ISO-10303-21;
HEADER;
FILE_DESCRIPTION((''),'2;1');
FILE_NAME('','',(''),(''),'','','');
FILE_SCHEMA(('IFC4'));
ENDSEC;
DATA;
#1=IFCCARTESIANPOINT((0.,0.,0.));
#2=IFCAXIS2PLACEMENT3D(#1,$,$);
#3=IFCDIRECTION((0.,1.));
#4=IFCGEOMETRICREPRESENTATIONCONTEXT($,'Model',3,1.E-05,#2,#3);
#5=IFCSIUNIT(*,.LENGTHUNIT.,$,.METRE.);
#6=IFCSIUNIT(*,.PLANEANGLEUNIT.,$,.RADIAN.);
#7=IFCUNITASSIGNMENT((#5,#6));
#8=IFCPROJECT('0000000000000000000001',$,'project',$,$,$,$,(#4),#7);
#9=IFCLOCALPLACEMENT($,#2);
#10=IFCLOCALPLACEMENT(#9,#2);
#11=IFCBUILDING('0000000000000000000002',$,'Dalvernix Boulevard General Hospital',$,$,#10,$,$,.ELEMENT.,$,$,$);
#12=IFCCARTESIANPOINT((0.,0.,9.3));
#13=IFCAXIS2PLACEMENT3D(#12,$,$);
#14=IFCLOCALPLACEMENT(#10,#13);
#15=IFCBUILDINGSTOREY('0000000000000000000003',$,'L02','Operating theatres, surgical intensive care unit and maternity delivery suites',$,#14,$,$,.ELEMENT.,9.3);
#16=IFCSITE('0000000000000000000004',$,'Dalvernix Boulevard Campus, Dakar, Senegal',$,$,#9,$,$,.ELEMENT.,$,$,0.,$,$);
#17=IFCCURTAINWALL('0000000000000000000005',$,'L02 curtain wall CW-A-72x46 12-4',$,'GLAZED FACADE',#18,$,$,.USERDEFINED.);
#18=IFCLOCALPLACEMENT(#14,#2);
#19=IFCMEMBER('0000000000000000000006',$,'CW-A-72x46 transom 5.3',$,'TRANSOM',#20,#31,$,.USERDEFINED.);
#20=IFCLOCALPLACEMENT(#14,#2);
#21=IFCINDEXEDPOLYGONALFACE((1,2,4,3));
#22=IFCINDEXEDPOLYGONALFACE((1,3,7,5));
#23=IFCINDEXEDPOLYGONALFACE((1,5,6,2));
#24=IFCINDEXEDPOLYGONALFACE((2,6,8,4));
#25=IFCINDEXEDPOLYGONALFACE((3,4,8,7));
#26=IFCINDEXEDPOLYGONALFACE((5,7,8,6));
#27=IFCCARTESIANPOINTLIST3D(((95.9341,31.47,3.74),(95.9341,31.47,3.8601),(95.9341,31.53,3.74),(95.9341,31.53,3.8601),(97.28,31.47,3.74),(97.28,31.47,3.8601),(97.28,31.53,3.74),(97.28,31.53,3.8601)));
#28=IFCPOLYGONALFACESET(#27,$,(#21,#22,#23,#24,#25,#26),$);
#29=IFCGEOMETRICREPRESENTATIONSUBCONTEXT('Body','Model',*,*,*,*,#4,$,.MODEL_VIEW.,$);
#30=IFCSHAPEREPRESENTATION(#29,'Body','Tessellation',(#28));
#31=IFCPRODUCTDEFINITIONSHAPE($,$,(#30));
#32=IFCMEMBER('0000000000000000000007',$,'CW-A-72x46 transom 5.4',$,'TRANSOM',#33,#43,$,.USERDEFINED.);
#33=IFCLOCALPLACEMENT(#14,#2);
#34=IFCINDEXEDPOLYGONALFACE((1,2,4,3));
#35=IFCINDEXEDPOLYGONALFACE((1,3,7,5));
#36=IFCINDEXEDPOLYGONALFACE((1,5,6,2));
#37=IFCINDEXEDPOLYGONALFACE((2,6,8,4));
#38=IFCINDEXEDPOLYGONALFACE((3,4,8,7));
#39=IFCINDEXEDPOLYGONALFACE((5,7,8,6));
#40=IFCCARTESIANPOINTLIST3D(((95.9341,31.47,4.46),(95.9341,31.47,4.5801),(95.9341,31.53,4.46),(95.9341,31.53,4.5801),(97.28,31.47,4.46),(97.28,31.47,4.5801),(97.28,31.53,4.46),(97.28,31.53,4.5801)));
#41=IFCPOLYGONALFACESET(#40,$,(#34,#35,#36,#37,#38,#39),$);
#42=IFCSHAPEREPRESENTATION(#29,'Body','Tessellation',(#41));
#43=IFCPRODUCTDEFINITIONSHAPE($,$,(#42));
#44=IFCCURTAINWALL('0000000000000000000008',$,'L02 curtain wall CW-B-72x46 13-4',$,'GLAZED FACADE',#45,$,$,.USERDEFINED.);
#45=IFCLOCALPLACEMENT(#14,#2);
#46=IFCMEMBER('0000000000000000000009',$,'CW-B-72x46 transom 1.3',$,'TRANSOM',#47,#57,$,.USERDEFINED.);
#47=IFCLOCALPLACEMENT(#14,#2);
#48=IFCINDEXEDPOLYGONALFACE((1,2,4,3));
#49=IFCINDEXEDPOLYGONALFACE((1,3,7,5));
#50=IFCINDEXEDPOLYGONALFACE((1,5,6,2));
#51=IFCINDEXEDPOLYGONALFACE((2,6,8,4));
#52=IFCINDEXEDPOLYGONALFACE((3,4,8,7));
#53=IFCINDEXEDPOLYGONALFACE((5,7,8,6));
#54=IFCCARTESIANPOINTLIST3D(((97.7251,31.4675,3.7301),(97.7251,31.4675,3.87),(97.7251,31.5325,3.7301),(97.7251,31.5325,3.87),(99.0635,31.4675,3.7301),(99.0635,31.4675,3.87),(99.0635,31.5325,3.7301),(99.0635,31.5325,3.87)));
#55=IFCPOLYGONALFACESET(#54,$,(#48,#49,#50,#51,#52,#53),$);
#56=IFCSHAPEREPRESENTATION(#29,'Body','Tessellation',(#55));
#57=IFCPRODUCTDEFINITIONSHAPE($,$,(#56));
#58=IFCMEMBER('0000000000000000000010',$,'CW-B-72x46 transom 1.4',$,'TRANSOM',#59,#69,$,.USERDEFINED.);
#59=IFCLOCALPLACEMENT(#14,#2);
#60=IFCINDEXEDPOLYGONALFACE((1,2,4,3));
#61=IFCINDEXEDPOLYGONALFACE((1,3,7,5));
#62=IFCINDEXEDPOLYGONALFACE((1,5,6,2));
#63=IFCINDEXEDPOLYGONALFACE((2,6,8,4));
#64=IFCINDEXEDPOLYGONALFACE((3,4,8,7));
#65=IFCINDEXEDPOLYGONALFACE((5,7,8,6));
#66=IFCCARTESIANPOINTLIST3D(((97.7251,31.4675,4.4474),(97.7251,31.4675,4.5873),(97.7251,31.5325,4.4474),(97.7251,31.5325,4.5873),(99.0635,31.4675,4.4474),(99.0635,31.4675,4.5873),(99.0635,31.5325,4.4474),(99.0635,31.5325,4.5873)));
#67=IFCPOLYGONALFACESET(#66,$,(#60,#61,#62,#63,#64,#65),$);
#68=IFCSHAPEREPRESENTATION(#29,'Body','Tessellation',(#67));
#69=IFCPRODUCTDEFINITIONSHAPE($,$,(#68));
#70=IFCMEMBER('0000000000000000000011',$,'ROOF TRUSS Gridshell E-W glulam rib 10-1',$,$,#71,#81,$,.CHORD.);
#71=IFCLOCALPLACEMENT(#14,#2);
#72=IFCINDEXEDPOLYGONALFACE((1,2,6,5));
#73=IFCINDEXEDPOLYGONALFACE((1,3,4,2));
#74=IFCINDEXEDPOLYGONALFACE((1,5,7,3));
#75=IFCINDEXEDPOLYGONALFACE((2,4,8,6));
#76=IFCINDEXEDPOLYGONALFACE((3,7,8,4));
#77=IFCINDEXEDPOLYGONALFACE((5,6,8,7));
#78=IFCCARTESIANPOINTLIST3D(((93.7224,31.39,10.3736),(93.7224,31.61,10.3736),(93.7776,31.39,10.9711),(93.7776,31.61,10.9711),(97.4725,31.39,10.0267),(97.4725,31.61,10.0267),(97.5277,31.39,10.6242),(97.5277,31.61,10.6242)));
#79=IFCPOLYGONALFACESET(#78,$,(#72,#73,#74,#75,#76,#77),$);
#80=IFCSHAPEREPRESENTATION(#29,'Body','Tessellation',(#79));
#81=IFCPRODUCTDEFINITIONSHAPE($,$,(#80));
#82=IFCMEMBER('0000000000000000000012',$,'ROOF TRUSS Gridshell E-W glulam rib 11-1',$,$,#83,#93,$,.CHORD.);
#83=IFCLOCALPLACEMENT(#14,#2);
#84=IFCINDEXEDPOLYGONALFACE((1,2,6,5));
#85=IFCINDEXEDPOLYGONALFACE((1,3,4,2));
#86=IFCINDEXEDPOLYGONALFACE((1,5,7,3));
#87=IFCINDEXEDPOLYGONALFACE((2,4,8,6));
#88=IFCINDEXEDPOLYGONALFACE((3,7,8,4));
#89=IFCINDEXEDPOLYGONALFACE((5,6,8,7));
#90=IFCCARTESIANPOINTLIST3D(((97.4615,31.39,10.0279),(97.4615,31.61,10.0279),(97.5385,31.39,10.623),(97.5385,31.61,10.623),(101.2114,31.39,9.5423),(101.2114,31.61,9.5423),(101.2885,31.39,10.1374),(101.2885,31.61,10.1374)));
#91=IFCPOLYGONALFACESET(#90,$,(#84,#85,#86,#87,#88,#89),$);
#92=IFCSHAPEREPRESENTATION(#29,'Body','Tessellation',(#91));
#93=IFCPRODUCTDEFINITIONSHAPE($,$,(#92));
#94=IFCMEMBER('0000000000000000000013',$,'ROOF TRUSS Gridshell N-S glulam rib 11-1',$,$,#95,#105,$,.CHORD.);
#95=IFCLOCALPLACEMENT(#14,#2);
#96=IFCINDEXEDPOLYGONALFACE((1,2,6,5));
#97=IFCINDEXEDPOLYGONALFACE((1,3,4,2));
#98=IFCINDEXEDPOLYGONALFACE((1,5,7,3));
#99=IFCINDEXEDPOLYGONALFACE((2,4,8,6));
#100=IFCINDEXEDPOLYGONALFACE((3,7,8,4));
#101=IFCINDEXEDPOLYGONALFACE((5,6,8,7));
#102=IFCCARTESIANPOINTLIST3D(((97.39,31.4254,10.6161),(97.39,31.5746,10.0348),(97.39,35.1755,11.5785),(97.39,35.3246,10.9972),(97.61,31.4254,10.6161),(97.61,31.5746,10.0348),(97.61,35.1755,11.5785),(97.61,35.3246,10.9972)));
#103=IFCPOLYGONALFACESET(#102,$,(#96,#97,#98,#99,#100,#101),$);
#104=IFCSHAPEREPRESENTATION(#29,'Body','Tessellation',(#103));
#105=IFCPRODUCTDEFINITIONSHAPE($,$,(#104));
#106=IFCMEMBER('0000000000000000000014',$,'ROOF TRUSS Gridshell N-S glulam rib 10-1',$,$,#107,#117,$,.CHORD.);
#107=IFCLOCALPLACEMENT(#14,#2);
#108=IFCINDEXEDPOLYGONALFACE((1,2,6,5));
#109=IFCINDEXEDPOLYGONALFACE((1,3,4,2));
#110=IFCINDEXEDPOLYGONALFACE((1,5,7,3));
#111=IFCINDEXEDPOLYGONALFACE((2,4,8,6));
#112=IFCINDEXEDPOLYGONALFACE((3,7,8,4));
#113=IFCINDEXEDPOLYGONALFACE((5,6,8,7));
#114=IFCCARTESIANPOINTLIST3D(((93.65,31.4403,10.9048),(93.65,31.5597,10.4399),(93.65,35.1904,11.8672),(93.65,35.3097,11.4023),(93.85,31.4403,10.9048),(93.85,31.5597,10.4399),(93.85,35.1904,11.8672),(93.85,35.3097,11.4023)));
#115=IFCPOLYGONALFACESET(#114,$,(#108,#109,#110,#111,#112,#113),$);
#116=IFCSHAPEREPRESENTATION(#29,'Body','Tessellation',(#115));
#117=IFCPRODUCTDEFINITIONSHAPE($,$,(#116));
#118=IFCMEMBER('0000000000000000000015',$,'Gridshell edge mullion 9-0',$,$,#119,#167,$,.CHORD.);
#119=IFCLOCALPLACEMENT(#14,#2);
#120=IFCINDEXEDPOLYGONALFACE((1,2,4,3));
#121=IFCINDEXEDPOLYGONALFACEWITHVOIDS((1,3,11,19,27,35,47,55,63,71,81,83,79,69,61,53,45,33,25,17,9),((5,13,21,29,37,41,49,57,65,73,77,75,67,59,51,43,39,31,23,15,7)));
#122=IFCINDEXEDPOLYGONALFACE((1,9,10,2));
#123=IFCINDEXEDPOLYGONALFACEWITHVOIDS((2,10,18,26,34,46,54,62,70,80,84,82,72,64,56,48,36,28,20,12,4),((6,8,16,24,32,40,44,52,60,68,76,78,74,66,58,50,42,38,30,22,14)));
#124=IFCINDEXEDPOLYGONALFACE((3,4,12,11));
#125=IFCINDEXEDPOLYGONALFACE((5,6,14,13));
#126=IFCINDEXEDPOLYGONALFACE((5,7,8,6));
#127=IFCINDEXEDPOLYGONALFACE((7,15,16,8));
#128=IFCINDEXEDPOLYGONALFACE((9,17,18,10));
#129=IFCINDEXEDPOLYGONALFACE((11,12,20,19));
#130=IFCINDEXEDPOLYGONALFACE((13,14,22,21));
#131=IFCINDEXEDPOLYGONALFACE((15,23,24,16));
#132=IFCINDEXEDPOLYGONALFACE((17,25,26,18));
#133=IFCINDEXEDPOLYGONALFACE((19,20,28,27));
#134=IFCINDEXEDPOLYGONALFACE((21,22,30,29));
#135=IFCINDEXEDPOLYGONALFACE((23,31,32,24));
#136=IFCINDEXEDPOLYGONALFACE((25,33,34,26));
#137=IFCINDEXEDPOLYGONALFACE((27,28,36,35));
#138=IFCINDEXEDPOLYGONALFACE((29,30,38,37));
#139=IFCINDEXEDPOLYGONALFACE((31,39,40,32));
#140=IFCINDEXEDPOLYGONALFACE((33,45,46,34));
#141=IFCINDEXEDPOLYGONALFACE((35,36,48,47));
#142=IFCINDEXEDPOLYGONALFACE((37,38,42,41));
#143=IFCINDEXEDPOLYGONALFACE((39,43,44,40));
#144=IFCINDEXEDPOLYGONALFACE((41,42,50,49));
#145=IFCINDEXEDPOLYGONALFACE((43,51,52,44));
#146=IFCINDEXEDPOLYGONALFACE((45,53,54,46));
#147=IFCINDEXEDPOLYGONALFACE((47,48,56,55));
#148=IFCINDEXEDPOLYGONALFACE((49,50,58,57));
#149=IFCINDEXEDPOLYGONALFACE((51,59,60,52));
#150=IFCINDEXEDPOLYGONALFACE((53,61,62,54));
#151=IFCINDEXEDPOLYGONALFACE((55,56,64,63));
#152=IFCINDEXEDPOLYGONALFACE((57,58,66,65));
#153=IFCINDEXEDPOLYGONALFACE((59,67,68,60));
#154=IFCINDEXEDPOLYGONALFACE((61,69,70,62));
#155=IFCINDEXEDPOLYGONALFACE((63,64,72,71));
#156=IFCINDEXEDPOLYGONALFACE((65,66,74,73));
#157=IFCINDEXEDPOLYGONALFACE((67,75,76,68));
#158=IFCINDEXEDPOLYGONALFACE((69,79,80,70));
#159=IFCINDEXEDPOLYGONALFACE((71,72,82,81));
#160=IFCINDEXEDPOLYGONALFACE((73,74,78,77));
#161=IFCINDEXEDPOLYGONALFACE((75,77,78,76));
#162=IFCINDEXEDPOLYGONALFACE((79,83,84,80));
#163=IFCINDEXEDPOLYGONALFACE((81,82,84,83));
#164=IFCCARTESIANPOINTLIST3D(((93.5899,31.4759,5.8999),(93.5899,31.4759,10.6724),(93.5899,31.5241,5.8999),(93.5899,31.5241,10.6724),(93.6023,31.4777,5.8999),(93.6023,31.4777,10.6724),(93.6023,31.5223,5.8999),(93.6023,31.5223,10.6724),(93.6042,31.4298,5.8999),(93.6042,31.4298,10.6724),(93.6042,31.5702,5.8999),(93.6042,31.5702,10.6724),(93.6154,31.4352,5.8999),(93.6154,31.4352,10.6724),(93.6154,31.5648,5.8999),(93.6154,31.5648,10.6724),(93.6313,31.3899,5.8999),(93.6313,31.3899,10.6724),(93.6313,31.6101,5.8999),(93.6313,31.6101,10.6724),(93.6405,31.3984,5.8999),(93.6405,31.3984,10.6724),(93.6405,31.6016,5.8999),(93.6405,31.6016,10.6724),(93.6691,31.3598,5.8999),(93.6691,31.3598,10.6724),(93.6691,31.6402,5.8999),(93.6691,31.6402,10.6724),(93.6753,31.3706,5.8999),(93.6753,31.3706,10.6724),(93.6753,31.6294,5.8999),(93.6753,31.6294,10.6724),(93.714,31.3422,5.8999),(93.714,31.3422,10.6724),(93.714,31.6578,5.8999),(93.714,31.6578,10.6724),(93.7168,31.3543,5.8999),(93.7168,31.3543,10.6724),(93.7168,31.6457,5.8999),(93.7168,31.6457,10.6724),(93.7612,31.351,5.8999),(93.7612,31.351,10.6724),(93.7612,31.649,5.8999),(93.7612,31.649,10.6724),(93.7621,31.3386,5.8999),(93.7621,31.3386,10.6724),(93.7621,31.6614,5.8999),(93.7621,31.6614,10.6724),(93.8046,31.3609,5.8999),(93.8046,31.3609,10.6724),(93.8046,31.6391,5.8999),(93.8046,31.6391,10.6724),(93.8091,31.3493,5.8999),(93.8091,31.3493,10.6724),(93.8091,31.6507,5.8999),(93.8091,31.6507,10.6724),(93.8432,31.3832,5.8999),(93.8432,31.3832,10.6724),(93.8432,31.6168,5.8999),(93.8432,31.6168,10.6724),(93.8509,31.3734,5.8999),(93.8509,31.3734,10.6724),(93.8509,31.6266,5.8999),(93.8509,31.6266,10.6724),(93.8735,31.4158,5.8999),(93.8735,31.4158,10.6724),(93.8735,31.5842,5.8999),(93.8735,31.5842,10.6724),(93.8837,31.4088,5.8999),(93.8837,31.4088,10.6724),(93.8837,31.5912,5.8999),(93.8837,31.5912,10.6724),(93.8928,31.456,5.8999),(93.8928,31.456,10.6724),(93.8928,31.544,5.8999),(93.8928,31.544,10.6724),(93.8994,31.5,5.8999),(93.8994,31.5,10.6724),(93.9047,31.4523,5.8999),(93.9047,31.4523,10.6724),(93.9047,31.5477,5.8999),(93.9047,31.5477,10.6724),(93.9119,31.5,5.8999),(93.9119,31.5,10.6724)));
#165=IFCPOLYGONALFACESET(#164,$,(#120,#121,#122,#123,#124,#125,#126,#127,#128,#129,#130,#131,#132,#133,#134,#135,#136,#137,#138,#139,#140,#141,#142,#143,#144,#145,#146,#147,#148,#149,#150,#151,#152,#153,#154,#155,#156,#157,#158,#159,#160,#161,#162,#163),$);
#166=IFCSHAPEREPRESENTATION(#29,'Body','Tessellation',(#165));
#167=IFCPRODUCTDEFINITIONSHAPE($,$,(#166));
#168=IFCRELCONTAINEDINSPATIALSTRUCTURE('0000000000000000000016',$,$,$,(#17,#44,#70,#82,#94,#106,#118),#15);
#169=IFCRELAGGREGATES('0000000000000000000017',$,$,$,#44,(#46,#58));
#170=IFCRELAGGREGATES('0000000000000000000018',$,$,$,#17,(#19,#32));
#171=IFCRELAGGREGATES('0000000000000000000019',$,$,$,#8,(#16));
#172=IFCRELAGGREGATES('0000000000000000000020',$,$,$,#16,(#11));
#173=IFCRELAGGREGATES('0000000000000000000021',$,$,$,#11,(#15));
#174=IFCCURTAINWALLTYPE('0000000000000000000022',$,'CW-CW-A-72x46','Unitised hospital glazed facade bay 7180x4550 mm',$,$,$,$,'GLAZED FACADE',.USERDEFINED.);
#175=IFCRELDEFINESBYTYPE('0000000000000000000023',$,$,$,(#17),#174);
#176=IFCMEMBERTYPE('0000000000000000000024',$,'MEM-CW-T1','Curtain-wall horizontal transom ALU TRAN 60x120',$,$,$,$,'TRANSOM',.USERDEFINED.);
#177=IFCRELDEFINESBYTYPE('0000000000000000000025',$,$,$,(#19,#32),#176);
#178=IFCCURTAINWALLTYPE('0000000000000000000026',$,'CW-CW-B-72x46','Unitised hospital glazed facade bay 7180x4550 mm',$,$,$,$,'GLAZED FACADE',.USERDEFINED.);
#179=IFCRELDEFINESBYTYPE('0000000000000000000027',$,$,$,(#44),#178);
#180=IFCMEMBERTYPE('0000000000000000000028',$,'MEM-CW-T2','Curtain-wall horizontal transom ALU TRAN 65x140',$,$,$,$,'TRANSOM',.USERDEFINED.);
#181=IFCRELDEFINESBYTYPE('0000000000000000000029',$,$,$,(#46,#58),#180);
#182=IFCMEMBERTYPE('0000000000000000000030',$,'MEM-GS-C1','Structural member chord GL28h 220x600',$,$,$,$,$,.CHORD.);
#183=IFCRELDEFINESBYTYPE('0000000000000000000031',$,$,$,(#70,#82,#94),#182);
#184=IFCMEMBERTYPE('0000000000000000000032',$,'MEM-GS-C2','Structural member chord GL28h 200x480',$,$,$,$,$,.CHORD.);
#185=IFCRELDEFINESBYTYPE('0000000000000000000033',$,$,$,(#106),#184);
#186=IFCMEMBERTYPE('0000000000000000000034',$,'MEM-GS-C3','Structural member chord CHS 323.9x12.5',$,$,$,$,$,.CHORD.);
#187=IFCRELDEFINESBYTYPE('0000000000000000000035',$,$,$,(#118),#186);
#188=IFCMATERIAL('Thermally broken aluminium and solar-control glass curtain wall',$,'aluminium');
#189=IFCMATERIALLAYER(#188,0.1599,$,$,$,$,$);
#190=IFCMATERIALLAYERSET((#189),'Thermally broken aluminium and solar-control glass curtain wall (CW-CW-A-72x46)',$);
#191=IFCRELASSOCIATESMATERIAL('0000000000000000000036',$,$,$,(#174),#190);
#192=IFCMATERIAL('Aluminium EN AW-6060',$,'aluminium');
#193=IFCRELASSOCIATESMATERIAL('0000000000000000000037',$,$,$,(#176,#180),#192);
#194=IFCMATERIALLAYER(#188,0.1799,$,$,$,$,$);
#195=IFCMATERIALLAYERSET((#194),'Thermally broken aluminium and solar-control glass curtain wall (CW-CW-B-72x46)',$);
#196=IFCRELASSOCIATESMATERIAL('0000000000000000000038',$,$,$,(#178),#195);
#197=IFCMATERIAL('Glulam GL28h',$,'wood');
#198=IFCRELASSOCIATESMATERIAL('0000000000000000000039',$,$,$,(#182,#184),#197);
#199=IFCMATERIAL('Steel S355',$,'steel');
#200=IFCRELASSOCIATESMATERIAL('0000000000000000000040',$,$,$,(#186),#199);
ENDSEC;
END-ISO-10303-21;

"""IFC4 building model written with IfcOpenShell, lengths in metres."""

from ifc_helpers import new_model, si_unit, direction, frame, origin, origin_2d, place, context, subcontext, project, spatial, rectangle, hollow_circle, extrude, material, layer, layer_set, material_profile, profile_set, type_object, element, aggregate, save


model = new_model("IFC4")

# Units and contexts
model_context = context("Model", 3, precision=1e-05, world=origin(), true_north=direction((0.0, 1.0)))
body_context = subcontext(model_context, "Body", "Model", "MODEL_VIEW")
ifc_project = project(units=[si_unit("LENGTHUNIT", "METRE"), si_unit("PLANEANGLEUNIT", "RADIAN")], contexts=[model_context])

# Site, building, storey
site_placement = place(None, origin())
site = spatial("IfcSite", under=ifc_project, at=site_placement, Name="Dalvernix Boulevard Campus, Dakar, Senegal", CompositionType="ELEMENT", RefElevation=0.0)
building_placement = place(site_placement, origin())
building = spatial("IfcBuilding", under=site, at=building_placement, Name="Dalvernix Boulevard General Hospital", CompositionType="ELEMENT")
storey_placement = place(building_placement, frame((0.0, 0.0, 9.3)))
storey = spatial("IfcBuildingStorey", under=building, at=storey_placement, Name="L02", Description="Operating theatres, surgical intensive care unit and maternity delivery suites", CompositionType="ELEMENT", Elevation=9.3)

# Shared definitions
ifc_material_1 = material(Name="Steel S355", Category="steel")

# Curtain walls, members
ifc_material_2 = material(Name="Thermally broken aluminium and solar-control glass curtain wall", Category="aluminium")
ifc_layer_1 = layer(ifc_material_2, 0.1599)
ifc_layer_set_1 = layer_set([ifc_layer_1], Name="Thermally broken aluminium and solar-control glass curtain wall (CW-CW-A-72x46)")
curtain_wall_type_1 = type_object("IfcCurtainWallType", Name="CW-CW-A-72x46", Description="Unitised hospital glazed facade bay 7180x4550 mm", ElementType="GLAZED FACADE", PredefinedType="USERDEFINED", material=ifc_layer_set_1)
curtain_wall_1_placement = place(storey_placement, origin())
curtain_wall_1 = element("IfcCurtainWall", 1, at=curtain_wall_1_placement, inside=storey, type_object=curtain_wall_type_1, Name="L02 curtain wall CW-A-72x46 12-4", ObjectType="GLAZED FACADE", PredefinedType="USERDEFINED")
ifc_material_3 = material(Name="Aluminium EN AW-6060", Category="aluminium")
ifc_material_profile_1 = material_profile(ifc_material_3, rectangle(XDim=0.0601, YDim=0.1201, at=origin_2d()), Name="ALU TRAN 60x120")
ifc_profile_set_1 = profile_set([ifc_material_profile_1], Name="Aluminium EN AW-6060")
member_type_1 = type_object("IfcMemberType", Name="MEM-CW-T1", Description="Curtain-wall horizontal transom ALU TRAN 60x120", ElementType="TRANSOM", PredefinedType="USERDEFINED", material=ifc_profile_set_1)
member_1_placement = place(storey_placement, frame((95.9341, 31.5, 3.8), z_axis=(1.0, 0.0, 0.0), x_axis=(0.0, 1.0, 0.0)))
member_1 = element("IfcMember", 2, at=member_1_placement, type_object=member_type_1, Name="CW-A-72x46 transom 5.3", ObjectType="TRANSOM", PredefinedType="USERDEFINED", context=body_context, shape_type="SweptSolid", body=[
    extrude(rectangle(XDim=0.0601, YDim=0.1201, at=origin_2d()), origin(), (0.0, 0.0, 1.0), 1.3459),
])
member_2_placement = place(storey_placement, frame((95.9341, 31.5, 4.52), z_axis=(1.0, 0.0, 0.0), x_axis=(0.0, 1.0, 0.0)))
member_2 = element("IfcMember", 3, at=member_2_placement, type_object=member_type_1, Name="CW-A-72x46 transom 5.4", ObjectType="TRANSOM", PredefinedType="USERDEFINED", context=body_context, shape_type="SweptSolid", body=[
    extrude(rectangle(XDim=0.0601, YDim=0.1201, at=origin_2d()), origin(), (0.0, 0.0, 1.0), 1.3459),
])
ifc_layer_2 = layer(ifc_material_2, 0.1799)
ifc_layer_set_2 = layer_set([ifc_layer_2], Name="Thermally broken aluminium and solar-control glass curtain wall (CW-CW-B-72x46)")
curtain_wall_type_2 = type_object("IfcCurtainWallType", Name="CW-CW-B-72x46", Description="Unitised hospital glazed facade bay 7180x4550 mm", ElementType="GLAZED FACADE", PredefinedType="USERDEFINED", material=ifc_layer_set_2)
curtain_wall_2_placement = place(storey_placement, origin())
curtain_wall_2 = element("IfcCurtainWall", 4, at=curtain_wall_2_placement, inside=storey, type_object=curtain_wall_type_2, Name="L02 curtain wall CW-B-72x46 13-4", ObjectType="GLAZED FACADE", PredefinedType="USERDEFINED")
ifc_material_profile_2 = material_profile(ifc_material_3, rectangle(XDim=0.0649, YDim=0.1399, at=origin_2d()), Name="ALU TRAN 65x140")
ifc_profile_set_2 = profile_set([ifc_material_profile_2], Name="Aluminium EN AW-6060")
member_type_2 = type_object("IfcMemberType", Name="MEM-CW-T2", Description="Curtain-wall horizontal transom ALU TRAN 65x140", ElementType="TRANSOM", PredefinedType="USERDEFINED", material=ifc_profile_set_2)
member_3_placement = place(storey_placement, frame((97.7251, 31.5, 3.8), z_axis=(1.0, 0.0, 0.0), x_axis=(0.0, 1.0, 0.0)))
member_3 = element("IfcMember", 5, at=member_3_placement, type_object=member_type_2, Name="CW-B-72x46 transom 1.3", ObjectType="TRANSOM", PredefinedType="USERDEFINED", context=body_context, shape_type="SweptSolid", body=[
    extrude(rectangle(XDim=0.0649, YDim=0.1399, at=origin_2d()), origin(), (0.0, 0.0, 1.0), 1.3384),
])
member_4_placement = place(storey_placement, frame((97.7251, 31.5, 4.5173), z_axis=(1.0, 0.0, 0.0), x_axis=(0.0, 1.0, 0.0)))
member_4 = element("IfcMember", 6, at=member_4_placement, type_object=member_type_2, Name="CW-B-72x46 transom 1.4", ObjectType="TRANSOM", PredefinedType="USERDEFINED", context=body_context, shape_type="SweptSolid", body=[
    extrude(rectangle(XDim=0.0649, YDim=0.1399, at=origin_2d()), origin(), (0.0, 0.0, 1.0), 1.3384),
])
aggregate(curtain_wall_2, [member_3, member_4])

# Members
ifc_material_4 = material(Name="Glulam GL28h", Category="wood")
ifc_material_profile_3 = material_profile(ifc_material_4, rectangle(XDim=0.22, YDim=0.6001, at=origin_2d()), Name="GL28h 220x600")
ifc_profile_set_3 = profile_set([ifc_material_profile_3], Name="Glulam GL28h")
member_type_3 = type_object("IfcMemberType", Name="MEM-GS-C1", Description="Structural member chord GL28h 220x600", PredefinedType="CHORD", material=ifc_profile_set_3)
member_5_placement = place(storey_placement, frame((93.75, 31.5, 10.6724), z_axis=(0.995748, 0.0, -0.09212), x_axis=(0.0, 1.0, 0.0)))
element("IfcMember", 7, at=member_5_placement, inside=storey, type_object=member_type_3, Name="ROOF TRUSS Gridshell E-W glulam rib 10-1", PredefinedType="CHORD", context=body_context, shape_type="SweptSolid", body=[
    extrude(rectangle(XDim=0.22, YDim=0.6001, at=origin_2d()), origin(), (0.0, 0.0, 1.0), 3.7661),
])
member_6_placement = place(storey_placement, frame((97.5, 31.5, 10.3254), z_axis=(0.99172, 0.0, -0.12842), x_axis=(0.0, 1.0, 0.0)))
element("IfcMember", 8, at=member_6_placement, inside=storey, type_object=member_type_3, Name="ROOF TRUSS Gridshell E-W glulam rib 11-1", PredefinedType="CHORD", context=body_context, shape_type="SweptSolid", body=[
    extrude(rectangle(XDim=0.22, YDim=0.6001, at=origin_2d()), origin(), (0.0, 0.0, 1.0), 3.7812),
])
member_7_placement = place(storey_placement, frame((97.5, 31.5, 10.3254), z_axis=(0.0, 0.96861, 0.248585), x_axis=(-1.0, 0.0, 0.0)))
element("IfcMember", 9, at=member_7_placement, inside=storey, type_object=member_type_3, Name="ROOF TRUSS Gridshell N-S glulam rib 11-1", PredefinedType="CHORD", context=body_context, shape_type="SweptSolid", body=[
    extrude(rectangle(XDim=0.22, YDim=0.6001, at=origin_2d()), origin(), (0.0, 0.0, 1.0), 3.8716),
])
ifc_material_profile_4 = material_profile(ifc_material_4, rectangle(XDim=0.2, YDim=0.48, at=origin_2d()), Name="GL28h 200x480")
ifc_profile_set_4 = profile_set([ifc_material_profile_4], Name="Glulam GL28h")
member_type_4 = type_object("IfcMemberType", Name="MEM-GS-C2", Description="Structural member chord GL28h 200x480", PredefinedType="CHORD", material=ifc_profile_set_4)
member_8_placement = place(storey_placement, frame((93.75, 31.5, 10.6724), z_axis=(0.0, 0.96861, 0.248585), x_axis=(-1.0, 0.0, 0.0)))
element("IfcMember", 10, at=member_8_placement, inside=storey, type_object=member_type_4, Name="ROOF TRUSS Gridshell N-S glulam rib 10-1", PredefinedType="CHORD", context=body_context, shape_type="SweptSolid", body=[
    extrude(rectangle(XDim=0.2, YDim=0.48, at=origin_2d()), origin(), (0.0, 0.0, 1.0), 3.8716),
])
ifc_material_profile_5 = material_profile(ifc_material_1, hollow_circle(Radius=0.1619, WallThickness=0.0125, at=origin_2d()), Name="CHS 323.9x12.5")
ifc_profile_set_5 = profile_set([ifc_material_profile_5], Name="Steel S355")
member_type_5 = type_object("IfcMemberType", Name="MEM-GS-C3", Description="Structural member chord CHS 323.9x12.5", PredefinedType="CHORD", material=ifc_profile_set_5)
member_9_placement = place(storey_placement, frame((93.75, 31.5, 5.8999), z_axis=(0.0, 0.0, 1.0), x_axis=(1.0, 0.0, 0.0)))
element("IfcMember", 11, at=member_9_placement, inside=storey, type_object=member_type_5, Name="Gridshell edge mullion 9-0", PredefinedType="CHORD", context=body_context, shape_type="SweptSolid", body=[
    extrude(hollow_circle(Radius=0.1619, WallThickness=0.0125, at=origin_2d()), origin(), (0.0, 0.0, 1.0), 4.7725),
])

aggregate(curtain_wall_1, [member_1, member_2])

save(model, "model.ifc")
